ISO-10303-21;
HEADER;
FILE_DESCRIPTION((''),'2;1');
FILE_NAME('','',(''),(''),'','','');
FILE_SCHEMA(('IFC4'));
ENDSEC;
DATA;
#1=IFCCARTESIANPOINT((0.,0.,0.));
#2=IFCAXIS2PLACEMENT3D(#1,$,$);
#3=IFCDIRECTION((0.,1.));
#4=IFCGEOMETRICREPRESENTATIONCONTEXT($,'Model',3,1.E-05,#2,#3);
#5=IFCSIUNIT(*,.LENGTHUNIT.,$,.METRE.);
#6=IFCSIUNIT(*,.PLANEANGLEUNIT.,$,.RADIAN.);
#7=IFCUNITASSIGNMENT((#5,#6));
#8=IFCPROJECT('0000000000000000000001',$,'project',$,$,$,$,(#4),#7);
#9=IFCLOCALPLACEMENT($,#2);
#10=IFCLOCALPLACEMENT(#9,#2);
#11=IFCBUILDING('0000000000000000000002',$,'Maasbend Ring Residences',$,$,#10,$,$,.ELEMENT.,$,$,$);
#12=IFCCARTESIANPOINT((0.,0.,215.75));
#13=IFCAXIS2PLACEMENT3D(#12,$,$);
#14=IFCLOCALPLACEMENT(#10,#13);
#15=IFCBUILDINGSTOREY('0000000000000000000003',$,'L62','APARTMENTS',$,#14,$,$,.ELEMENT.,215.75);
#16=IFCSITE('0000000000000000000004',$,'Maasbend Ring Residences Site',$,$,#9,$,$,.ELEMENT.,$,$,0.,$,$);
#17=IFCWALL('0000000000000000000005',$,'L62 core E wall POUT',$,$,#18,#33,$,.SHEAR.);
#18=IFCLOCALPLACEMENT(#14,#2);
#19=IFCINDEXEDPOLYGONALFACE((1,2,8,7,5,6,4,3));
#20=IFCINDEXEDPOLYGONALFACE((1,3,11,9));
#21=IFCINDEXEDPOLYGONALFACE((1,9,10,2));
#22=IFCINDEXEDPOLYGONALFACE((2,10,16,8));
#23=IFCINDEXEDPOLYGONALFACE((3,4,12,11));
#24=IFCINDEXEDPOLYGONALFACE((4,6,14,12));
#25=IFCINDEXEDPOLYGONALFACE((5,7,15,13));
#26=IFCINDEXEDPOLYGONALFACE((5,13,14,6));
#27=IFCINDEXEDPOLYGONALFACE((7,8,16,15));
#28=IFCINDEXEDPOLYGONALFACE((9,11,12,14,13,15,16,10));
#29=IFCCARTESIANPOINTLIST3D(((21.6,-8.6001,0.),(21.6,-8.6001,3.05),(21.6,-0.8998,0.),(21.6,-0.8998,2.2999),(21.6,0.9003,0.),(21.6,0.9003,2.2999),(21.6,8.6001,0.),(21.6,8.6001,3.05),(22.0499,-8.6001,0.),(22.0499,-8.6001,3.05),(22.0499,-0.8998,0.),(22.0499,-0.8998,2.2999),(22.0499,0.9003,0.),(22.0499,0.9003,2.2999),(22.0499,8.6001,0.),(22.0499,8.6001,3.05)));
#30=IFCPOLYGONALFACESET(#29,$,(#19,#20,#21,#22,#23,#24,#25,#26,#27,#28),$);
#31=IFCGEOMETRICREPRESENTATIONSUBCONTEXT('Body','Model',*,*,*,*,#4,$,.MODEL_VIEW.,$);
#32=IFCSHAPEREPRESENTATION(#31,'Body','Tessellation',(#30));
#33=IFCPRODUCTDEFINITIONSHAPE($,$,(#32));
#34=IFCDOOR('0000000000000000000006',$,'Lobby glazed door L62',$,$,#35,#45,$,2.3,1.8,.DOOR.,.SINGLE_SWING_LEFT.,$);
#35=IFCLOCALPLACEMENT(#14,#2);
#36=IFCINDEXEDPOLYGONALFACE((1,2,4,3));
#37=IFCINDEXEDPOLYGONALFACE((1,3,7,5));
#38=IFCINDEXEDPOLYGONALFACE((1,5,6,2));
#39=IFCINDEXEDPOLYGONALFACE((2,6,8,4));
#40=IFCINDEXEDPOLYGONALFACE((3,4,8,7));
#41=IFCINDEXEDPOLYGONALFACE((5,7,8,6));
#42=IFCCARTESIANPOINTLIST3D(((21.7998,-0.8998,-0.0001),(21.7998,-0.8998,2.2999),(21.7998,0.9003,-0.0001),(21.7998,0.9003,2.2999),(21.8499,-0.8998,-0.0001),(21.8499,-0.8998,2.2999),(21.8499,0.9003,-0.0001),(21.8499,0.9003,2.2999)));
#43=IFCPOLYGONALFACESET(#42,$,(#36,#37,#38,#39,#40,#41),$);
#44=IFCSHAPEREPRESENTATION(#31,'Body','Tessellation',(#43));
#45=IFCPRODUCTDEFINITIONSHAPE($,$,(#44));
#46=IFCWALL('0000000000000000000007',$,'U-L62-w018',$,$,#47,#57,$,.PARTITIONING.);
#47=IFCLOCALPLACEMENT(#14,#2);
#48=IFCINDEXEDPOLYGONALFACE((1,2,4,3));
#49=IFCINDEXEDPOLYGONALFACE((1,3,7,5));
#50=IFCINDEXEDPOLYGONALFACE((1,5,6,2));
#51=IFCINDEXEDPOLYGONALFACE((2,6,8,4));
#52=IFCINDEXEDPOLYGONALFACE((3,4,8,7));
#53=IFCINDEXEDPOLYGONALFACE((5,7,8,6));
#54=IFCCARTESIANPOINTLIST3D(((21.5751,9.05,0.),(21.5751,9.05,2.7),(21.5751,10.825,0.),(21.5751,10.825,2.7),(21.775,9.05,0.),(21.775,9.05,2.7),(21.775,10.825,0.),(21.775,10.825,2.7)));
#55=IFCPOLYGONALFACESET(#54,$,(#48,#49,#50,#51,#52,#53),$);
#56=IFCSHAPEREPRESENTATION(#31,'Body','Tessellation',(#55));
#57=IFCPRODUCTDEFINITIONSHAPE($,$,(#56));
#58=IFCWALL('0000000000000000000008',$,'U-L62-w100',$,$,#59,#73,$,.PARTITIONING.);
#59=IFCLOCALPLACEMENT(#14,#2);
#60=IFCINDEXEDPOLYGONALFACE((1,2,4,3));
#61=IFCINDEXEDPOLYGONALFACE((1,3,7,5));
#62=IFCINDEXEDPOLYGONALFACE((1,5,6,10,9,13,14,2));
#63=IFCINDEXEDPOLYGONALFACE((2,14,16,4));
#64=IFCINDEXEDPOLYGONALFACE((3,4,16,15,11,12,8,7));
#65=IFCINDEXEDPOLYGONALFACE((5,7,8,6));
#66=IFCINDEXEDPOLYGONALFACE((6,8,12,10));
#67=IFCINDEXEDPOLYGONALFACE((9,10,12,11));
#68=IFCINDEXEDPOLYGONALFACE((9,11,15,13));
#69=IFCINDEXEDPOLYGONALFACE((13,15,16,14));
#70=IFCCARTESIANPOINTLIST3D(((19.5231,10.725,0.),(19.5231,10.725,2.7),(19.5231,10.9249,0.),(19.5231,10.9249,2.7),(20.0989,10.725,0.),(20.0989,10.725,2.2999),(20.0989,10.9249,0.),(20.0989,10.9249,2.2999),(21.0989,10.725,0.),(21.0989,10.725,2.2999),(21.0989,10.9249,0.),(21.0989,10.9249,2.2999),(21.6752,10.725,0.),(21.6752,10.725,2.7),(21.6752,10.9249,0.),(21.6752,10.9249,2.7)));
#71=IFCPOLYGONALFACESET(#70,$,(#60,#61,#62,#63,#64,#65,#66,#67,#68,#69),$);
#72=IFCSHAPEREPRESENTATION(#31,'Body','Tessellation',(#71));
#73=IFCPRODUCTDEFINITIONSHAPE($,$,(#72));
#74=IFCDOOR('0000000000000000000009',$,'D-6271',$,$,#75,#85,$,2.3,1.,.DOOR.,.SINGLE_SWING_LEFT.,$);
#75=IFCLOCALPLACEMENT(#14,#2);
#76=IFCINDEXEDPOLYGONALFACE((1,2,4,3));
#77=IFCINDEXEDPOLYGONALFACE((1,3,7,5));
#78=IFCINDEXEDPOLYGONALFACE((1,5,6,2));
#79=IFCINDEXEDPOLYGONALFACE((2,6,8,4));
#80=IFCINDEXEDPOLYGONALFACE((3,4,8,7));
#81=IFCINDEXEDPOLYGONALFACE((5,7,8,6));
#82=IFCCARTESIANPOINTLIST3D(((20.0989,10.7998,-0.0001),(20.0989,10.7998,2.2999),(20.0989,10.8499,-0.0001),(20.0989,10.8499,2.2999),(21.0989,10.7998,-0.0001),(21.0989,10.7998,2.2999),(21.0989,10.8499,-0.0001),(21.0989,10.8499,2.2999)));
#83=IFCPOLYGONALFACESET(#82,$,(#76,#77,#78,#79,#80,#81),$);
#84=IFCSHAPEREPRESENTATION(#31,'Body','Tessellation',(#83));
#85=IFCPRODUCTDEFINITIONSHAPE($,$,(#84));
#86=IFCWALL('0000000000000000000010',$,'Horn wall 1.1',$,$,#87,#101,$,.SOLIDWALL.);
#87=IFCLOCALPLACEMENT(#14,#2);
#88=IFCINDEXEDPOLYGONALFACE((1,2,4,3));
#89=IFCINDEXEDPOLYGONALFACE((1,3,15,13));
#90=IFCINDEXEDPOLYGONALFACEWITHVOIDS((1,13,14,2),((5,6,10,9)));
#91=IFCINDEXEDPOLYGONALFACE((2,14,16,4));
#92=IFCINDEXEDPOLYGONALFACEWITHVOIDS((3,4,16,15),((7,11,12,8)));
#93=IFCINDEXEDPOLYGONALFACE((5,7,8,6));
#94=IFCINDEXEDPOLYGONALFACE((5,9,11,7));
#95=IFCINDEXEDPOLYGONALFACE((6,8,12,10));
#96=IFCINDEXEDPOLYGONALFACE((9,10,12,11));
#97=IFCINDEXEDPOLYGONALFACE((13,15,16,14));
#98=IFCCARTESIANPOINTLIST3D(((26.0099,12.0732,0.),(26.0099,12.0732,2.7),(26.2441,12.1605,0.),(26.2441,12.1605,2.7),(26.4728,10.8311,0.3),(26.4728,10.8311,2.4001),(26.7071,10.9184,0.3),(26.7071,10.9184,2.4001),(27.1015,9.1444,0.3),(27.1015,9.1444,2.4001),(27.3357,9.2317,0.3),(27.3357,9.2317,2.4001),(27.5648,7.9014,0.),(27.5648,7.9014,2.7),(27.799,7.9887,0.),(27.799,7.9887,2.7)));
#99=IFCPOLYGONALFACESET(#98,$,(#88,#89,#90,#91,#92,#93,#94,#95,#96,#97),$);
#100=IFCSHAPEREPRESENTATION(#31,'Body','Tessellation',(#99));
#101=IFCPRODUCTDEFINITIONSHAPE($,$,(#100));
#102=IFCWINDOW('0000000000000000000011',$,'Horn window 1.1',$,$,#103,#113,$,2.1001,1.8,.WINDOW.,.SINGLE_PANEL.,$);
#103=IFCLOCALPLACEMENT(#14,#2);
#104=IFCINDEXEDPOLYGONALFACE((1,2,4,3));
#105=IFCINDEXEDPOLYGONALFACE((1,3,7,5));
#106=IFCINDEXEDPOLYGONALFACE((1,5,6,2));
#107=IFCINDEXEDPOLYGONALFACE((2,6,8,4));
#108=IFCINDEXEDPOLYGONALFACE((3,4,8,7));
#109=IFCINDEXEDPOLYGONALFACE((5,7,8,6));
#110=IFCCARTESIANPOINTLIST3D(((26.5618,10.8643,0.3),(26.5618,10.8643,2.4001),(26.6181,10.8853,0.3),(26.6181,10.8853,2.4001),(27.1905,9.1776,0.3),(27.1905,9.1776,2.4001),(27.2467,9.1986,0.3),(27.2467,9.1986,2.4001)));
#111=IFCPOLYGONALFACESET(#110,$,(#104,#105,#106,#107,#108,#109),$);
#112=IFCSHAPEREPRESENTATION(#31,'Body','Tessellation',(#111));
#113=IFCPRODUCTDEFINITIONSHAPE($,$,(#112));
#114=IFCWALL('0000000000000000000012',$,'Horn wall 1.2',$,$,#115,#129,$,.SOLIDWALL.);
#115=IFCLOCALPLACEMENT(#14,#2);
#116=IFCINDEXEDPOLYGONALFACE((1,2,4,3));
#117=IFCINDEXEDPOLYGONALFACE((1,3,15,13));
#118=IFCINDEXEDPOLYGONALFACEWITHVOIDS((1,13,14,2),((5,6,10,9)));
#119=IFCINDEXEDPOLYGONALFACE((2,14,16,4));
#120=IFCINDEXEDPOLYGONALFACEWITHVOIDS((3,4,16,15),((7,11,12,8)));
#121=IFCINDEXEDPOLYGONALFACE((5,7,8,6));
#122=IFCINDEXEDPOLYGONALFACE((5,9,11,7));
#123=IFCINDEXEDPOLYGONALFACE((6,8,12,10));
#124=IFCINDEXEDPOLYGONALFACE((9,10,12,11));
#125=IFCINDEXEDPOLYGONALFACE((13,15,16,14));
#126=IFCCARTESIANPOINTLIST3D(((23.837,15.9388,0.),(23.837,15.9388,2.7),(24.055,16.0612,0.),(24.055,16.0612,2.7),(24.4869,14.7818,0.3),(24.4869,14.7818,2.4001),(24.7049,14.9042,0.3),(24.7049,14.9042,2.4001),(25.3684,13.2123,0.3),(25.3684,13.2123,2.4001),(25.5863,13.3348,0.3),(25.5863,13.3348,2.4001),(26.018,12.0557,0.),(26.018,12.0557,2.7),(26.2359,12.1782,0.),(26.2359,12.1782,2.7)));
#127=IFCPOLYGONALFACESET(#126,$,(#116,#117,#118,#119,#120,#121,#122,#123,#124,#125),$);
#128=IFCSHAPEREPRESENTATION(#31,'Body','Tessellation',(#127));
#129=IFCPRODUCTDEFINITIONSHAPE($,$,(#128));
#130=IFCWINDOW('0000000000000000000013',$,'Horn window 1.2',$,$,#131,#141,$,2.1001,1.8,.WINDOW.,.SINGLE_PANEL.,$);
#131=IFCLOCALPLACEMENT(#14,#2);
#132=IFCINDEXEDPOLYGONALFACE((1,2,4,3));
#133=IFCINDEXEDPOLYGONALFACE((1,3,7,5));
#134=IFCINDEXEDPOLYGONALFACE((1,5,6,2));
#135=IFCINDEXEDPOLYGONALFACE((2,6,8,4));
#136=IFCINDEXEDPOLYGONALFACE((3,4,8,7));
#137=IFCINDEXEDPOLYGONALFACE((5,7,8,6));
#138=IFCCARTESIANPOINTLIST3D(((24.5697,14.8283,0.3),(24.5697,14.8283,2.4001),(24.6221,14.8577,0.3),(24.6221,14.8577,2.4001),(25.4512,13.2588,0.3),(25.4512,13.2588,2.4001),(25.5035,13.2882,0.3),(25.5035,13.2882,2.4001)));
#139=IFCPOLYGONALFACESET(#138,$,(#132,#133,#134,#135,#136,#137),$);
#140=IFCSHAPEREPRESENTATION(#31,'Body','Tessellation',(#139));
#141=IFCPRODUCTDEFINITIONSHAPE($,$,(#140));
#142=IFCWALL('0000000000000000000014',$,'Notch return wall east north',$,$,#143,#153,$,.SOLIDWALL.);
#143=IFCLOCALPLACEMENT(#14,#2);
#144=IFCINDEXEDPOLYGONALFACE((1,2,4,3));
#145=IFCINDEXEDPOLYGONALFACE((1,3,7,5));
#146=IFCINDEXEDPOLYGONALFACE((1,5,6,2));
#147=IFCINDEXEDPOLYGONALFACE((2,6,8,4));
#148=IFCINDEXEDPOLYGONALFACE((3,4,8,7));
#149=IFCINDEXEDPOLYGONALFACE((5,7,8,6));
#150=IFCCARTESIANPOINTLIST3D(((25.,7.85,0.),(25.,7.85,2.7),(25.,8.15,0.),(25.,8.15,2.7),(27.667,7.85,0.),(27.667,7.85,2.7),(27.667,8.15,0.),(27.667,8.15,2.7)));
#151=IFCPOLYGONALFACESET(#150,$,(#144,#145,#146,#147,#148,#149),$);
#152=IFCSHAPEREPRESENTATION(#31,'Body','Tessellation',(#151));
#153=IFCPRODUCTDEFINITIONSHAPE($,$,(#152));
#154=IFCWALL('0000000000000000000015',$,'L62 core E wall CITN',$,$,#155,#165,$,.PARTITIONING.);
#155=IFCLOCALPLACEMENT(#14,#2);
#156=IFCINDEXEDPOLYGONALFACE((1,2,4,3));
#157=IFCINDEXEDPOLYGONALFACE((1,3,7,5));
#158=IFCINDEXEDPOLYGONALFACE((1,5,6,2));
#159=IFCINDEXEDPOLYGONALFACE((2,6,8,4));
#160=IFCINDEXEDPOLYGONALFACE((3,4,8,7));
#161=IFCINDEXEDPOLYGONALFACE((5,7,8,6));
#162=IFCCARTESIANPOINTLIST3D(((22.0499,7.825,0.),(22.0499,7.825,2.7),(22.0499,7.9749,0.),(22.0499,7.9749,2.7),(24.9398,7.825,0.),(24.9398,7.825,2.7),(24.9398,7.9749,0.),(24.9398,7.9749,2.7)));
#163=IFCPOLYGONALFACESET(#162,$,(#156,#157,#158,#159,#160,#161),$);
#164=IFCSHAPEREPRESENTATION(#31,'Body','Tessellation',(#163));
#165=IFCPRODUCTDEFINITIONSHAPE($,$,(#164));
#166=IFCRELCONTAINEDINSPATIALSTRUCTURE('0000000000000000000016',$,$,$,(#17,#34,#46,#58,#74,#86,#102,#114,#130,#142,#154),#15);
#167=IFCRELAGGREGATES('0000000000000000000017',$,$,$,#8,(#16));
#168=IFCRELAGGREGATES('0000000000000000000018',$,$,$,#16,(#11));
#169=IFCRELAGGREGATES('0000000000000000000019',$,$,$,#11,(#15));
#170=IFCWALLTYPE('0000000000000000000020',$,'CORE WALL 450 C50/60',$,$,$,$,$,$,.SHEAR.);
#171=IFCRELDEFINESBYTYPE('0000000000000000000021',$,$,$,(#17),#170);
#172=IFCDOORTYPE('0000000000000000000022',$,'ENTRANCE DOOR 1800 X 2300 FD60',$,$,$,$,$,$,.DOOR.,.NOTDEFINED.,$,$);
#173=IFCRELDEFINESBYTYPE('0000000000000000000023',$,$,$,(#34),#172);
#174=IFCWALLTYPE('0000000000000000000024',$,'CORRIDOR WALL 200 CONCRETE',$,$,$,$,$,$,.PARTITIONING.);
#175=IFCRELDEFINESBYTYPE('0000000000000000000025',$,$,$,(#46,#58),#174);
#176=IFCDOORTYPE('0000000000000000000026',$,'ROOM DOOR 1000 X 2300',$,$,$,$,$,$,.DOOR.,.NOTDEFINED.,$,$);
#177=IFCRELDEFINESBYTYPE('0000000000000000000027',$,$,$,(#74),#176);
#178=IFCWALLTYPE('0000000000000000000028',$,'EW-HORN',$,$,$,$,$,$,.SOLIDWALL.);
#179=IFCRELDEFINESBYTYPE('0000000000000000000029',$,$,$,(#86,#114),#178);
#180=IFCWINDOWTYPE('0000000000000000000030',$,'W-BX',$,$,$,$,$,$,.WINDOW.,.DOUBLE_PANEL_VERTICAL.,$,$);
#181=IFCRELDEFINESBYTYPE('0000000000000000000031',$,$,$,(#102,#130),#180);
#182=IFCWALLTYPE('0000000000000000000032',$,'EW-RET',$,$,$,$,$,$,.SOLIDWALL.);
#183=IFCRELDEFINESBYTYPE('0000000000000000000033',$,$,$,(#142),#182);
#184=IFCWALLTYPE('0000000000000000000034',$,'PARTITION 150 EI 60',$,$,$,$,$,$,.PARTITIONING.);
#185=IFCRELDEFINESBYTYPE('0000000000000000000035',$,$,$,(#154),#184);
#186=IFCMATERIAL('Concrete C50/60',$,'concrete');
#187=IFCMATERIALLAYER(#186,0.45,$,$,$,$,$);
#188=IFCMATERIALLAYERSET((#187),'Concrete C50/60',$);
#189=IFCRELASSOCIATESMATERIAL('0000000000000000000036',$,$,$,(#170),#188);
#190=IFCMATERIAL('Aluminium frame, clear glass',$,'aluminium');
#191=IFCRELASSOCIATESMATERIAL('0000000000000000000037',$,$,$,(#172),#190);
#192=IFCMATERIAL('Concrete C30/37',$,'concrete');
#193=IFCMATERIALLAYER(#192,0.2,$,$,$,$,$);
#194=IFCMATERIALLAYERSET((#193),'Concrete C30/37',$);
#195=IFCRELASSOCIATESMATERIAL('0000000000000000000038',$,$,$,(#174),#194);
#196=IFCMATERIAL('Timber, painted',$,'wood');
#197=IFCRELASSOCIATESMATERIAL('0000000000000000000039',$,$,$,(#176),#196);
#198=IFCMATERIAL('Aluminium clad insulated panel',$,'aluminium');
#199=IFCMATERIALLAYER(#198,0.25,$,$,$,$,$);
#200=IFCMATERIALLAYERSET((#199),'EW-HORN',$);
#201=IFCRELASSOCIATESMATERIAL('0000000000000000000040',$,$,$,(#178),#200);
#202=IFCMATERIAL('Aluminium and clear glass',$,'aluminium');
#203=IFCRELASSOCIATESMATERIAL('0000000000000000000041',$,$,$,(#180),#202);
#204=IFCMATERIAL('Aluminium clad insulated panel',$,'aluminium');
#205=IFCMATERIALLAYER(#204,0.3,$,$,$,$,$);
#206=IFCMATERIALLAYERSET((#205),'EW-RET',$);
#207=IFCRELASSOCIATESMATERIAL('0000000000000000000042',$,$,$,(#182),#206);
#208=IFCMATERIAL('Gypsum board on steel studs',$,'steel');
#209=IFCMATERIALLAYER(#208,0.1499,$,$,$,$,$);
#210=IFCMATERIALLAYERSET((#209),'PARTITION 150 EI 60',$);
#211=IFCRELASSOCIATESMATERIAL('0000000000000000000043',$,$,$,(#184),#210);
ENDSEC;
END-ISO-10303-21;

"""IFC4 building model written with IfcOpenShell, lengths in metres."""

from ifc_helpers import new_model, si_unit, direction, frame, frame_2d, origin, place, context, subcontext, project, spatial, rectangle, extrude, material, layer, layer_set, type_object, element, fill, save


model = new_model("IFC4")

# Units and contexts
model_context = context("Model", 3, precision=1e-05, world=origin(), true_north=direction((0.0, 1.0)))
body_context = subcontext(model_context, "Body", "Model", "MODEL_VIEW")
ifc_project = project(units=[si_unit("LENGTHUNIT", "METRE"), si_unit("PLANEANGLEUNIT", "RADIAN")], contexts=[model_context])

# Site, building, storey
site_placement = place(None, origin())
site = spatial("IfcSite", under=ifc_project, at=site_placement, Name="Maasbend Ring Residences Site", CompositionType="ELEMENT", RefElevation=0.0)
building_placement = place(site_placement, origin())
building = spatial("IfcBuilding", under=site, at=building_placement, Name="Maasbend Ring Residences", CompositionType="ELEMENT")
storey_placement = place(building_placement, frame((0.0, 0.0, 215.75)))
storey = spatial("IfcBuildingStorey", under=building, at=storey_placement, Name="L62", Description="APARTMENTS", CompositionType="ELEMENT", Elevation=215.75)

# Wall, opening, door
ifc_material_1 = material(Name="Concrete C50/60", Category="concrete")
ifc_layer_1 = layer(ifc_material_1, 0.45)
ifc_layer_set_1 = layer_set([ifc_layer_1], Name="Concrete C50/60")
wall_type_1 = type_object("IfcWallType", Name="CORE WALL 450 C50/60", PredefinedType="SHEAR", material=ifc_layer_set_1)
wall_1_placement = place(storey_placement, frame((21.825, 8.6001, 0.0), z_axis=(0.0, 0.0, 1.0), x_axis=(0.0, -1.0, 0.0)))
wall_1 = element("IfcWall", 1, at=wall_1_placement, inside=storey, type_object=wall_type_1, Name="L62 core E wall POUT", PredefinedType="SHEAR", context=body_context, shape_type="SweptSolid", body=[
    extrude(rectangle(XDim=17.2002, YDim=0.45, at=frame_2d((8.6001, 0.0))), origin(), (0.0, 0.0, 1.0), 3.05),
])
opening_1_placement = place(wall_1_placement, frame((7.7, 0.0, 0.0)))
opening_1 = element("IfcOpeningElement", 2, at=opening_1_placement, cuts=wall_1, PredefinedType="OPENING", context=body_context, shape_type="SweptSolid", body=[
    extrude(rectangle(XDim=1.8, YDim=2.3, at=frame_2d((0.8999, 1.1499))), frame((0.0, 0.2349, 0.0), z_axis=(0.0, -1.0, 0.0), x_axis=(1.0, 0.0, 0.0)), (0.0, 0.0, 1.0), 0.47),
])
ifc_material_2 = material(Name="Aluminium frame, clear glass", Category="aluminium")
door_type_1 = type_object("IfcDoorType", Name="ENTRANCE DOOR 1800 X 2300 FD60", OperationType="NOTDEFINED", PredefinedType="DOOR", material=ifc_material_2)
door_1_placement = place(opening_1_placement, origin())
door_1 = element("IfcDoor", 3, at=door_1_placement, inside=storey, type_object=door_type_1, Name="Lobby glazed door L62", OperationType="SINGLE_SWING_LEFT", OverallHeight=2.3, OverallWidth=1.8, PredefinedType="DOOR", context=body_context, shape_type="SweptSolid", body=[
    extrude(rectangle(XDim=1.8, YDim=2.3, at=frame_2d((0.8999, 1.1499))), frame((0.0, 0.0249, 0.0), z_axis=(0.0, -1.0, 0.0), x_axis=(1.0, 0.0, 0.0)), (0.0, 0.0, 1.0), 0.05),
])
fill(opening_1, door_1)

# Wall
ifc_material_3 = material(Name="Concrete C30/37", Category="concrete")
ifc_layer_2 = layer(ifc_material_3, 0.2)
ifc_layer_set_2 = layer_set([ifc_layer_2], Name="Concrete C30/37")
wall_type_2 = type_object("IfcWallType", Name="CORRIDOR WALL 200 CONCRETE", PredefinedType="PARTITIONING", material=ifc_layer_set_2)
wall_2_placement = place(storey_placement, frame((21.675, 9.05, 0.0), z_axis=(0.0, 0.0, 1.0), x_axis=(0.0, 1.0, 0.0)))
element("IfcWall", 4, at=wall_2_placement, inside=storey, type_object=wall_type_2, Name="U-L62-w018", PredefinedType="PARTITIONING", context=body_context, shape_type="SweptSolid", body=[
    extrude(rectangle(XDim=1.7749, YDim=0.2, at=frame_2d((0.8875, 0.0))), origin(), (0.0, 0.0, 1.0), 2.7),
])

# Wall, opening, door
wall_3_placement = place(storey_placement, frame((19.5229, 10.825, 0.0), z_axis=(0.0, 0.0, 1.0), x_axis=(1.0, 0.0, 0.0)))
wall_3 = element("IfcWall", 5, at=wall_3_placement, inside=storey, type_object=wall_type_2, Name="U-L62-w100", PredefinedType="PARTITIONING", context=body_context, shape_type="SweptSolid", body=[
    extrude(rectangle(XDim=2.1521, YDim=0.2, at=frame_2d((1.0762, 0.0))), origin(), (0.0, 0.0, 1.0), 2.7),
])
opening_2_placement = place(wall_3_placement, frame((0.5759, 0.0, 0.0)))
opening_2 = element("IfcOpeningElement", 6, at=opening_2_placement, cuts=wall_3, PredefinedType="OPENING", context=body_context, shape_type="SweptSolid", body=[
    extrude(rectangle(XDim=1.0, YDim=2.3, at=frame_2d((0.5, 1.1499))), frame((0.0, 0.1099, 0.0), z_axis=(0.0, -1.0, 0.0), x_axis=(1.0, 0.0, 0.0)), (0.0, 0.0, 1.0), 0.22),
])
ifc_material_4 = material(Name="Timber, painted", Category="wood")
door_type_2 = type_object("IfcDoorType", Name="ROOM DOOR 1000 X 2300", OperationType="NOTDEFINED", PredefinedType="DOOR", material=ifc_material_4)
door_2_placement = place(opening_2_placement, origin())
door_2 = element("IfcDoor", 7, at=door_2_placement, inside=storey, type_object=door_type_2, Name="D-6271", OperationType="SINGLE_SWING_LEFT", OverallHeight=2.3, OverallWidth=1.0, PredefinedType="DOOR", context=body_context, shape_type="SweptSolid", body=[
    extrude(rectangle(XDim=1.0, YDim=2.3, at=frame_2d((0.5, 1.1499))), frame((0.0, 0.0249, 0.0), z_axis=(0.0, -1.0, 0.0), x_axis=(1.0, 0.0, 0.0)), (0.0, 0.0, 1.0), 0.05),
])
fill(opening_2, door_2)

# Walls, openings, windows
ifc_material_5 = material(Name="Aluminium clad insulated panel", Category="aluminium")
ifc_layer_3 = layer(ifc_material_5, 0.25)
ifc_layer_set_3 = layer_set([ifc_layer_3], Name="EW-HORN")
wall_type_3 = type_object("IfcWallType", Name="EW-HORN", PredefinedType="SOLIDWALL", material=ifc_layer_set_3)
wall_4_placement = place(storey_placement, frame((27.6819, 7.9451, 0.0), z_axis=(0.0, 0.0, 1.0), x_axis=(-0.349248, 0.93703, 0.0)))
wall_4 = element("IfcWall", 8, at=wall_4_placement, inside=storey, type_object=wall_type_3, Name="Horn wall 1.1", PredefinedType="SOLIDWALL", context=body_context, shape_type="SweptSolid", body=[
    extrude(rectangle(XDim=4.4521, YDim=0.25, at=frame_2d((2.2261, 0.0))), origin(), (0.0, 0.0, 1.0), 2.7),
])
opening_3_placement = place(wall_4_placement, frame((1.3267, 0.0, 0.3)))
opening_3 = element("IfcOpeningElement", 9, at=opening_3_placement, cuts=wall_4, PredefinedType="OPENING", context=body_context, shape_type="SweptSolid", body=[
    extrude(rectangle(XDim=1.8, YDim=2.1001, at=frame_2d((0.8999, 1.05))), frame((0.0, 0.135, 0.0), z_axis=(0.0, -1.0, 0.0), x_axis=(1.0, 0.0, 0.0)), (0.0, 0.0, 1.0), 0.27),
])
ifc_material_6 = material(Name="Aluminium and clear glass", Category="aluminium")
window_type = type_object("IfcWindowType", Name="W-BX", PartitioningType="DOUBLE_PANEL_VERTICAL", PredefinedType="WINDOW", material=ifc_material_6)
window_1_placement = place(opening_3_placement, origin())
window_1 = element("IfcWindow", 10, at=window_1_placement, inside=storey, type_object=window_type, Name="Horn window 1.1", OverallHeight=2.1001, OverallWidth=1.8, PartitioningType="SINGLE_PANEL", PredefinedType="WINDOW", context=body_context, shape_type="SweptSolid", body=[
    extrude(rectangle(XDim=1.8, YDim=2.1001, at=frame_2d((0.8999, 1.05))), frame((0.0, 0.03, 0.0), z_axis=(0.0, -1.0, 0.0), x_axis=(1.0, 0.0, 0.0)), (0.0, 0.0, 1.0), 0.0601),
])
fill(opening_3, window_1)
wall_5_placement = place(storey_placement, frame((26.127, 12.1169, 0.0), z_axis=(0.0, 0.0, 1.0), x_axis=(-0.489696, 0.871893, 0.0)))
wall_5 = element("IfcWall", 11, at=wall_5_placement, inside=storey, type_object=wall_type_3, Name="Horn wall 1.2", PredefinedType="SOLIDWALL", context=body_context, shape_type="SweptSolid", body=[
    extrude(rectangle(XDim=4.4536, YDim=0.25, at=frame_2d((2.2268, 0.0))), origin(), (0.0, 0.0, 1.0), 2.7),
])
opening_4_placement = place(wall_5_placement, frame((1.3267, 0.0, 0.3)))
opening_4 = element("IfcOpeningElement", 12, at=opening_4_placement, cuts=wall_5, PredefinedType="OPENING", context=body_context, shape_type="SweptSolid", body=[
    extrude(rectangle(XDim=1.8, YDim=2.1001, at=frame_2d((0.8999, 1.05))), frame((0.0, 0.135, 0.0), z_axis=(0.0, -1.0, 0.0), x_axis=(1.0, 0.0, 0.0)), (0.0, 0.0, 1.0), 0.27),
])
window_2_placement = place(opening_4_placement, origin())
window_2 = element("IfcWindow", 13, at=window_2_placement, inside=storey, type_object=window_type, Name="Horn window 1.2", OverallHeight=2.1001, OverallWidth=1.8, PartitioningType="SINGLE_PANEL", PredefinedType="WINDOW", context=body_context, shape_type="SweptSolid", body=[
    extrude(rectangle(XDim=1.8, YDim=2.1001, at=frame_2d((0.8999, 1.05))), frame((0.0, 0.03, 0.0), z_axis=(0.0, -1.0, 0.0), x_axis=(1.0, 0.0, 0.0)), (0.0, 0.0, 1.0), 0.0601),
])
fill(opening_4, window_2)

# Walls
ifc_material_7 = material(Name="Aluminium clad insulated panel", Category="aluminium")
ifc_layer_4 = layer(ifc_material_7, 0.3)
ifc_layer_set_4 = layer_set([ifc_layer_4], Name="EW-RET")
wall_type_4 = type_object("IfcWallType", Name="EW-RET", PredefinedType="SOLIDWALL", material=ifc_layer_set_4)
wall_6_placement = place(storey_placement, frame((25.0, 8.0, 0.0), z_axis=(0.0, 0.0, 1.0), x_axis=(1.0, 0.0, 0.0)))
element("IfcWall", 14, at=wall_6_placement, inside=storey, type_object=wall_type_4, Name="Notch return wall east north", PredefinedType="SOLIDWALL", context=body_context, shape_type="SweptSolid", body=[
    extrude(rectangle(XDim=2.667, YDim=0.3, at=frame_2d((1.3335, 0.0))), origin(), (0.0, 0.0, 1.0), 2.7),
])
ifc_material_8 = material(Name="Gypsum board on steel studs", Category="steel")
ifc_layer_5 = layer(ifc_material_8, 0.1499)
ifc_layer_set_5 = layer_set([ifc_layer_5], Name="PARTITION 150 EI 60")
wall_type_5 = type_object("IfcWallType", Name="PARTITION 150 EI 60", PredefinedType="PARTITIONING", material=ifc_layer_set_5)
wall_7_placement = place(storey_placement, frame((22.05, 7.8999, 0.0), z_axis=(0.0, 0.0, 1.0), x_axis=(1.0, 0.0, 0.0)))
element("IfcWall", 15, at=wall_7_placement, inside=storey, type_object=wall_type_5, Name="L62 core E wall CITN", PredefinedType="PARTITIONING", context=body_context, shape_type="SweptSolid", body=[
    extrude(rectangle(XDim=2.8899, YDim=0.1499, at=frame_2d((1.4448, 0.0))), origin(), (0.0, 0.0, 1.0), 2.7),
])

save(model, "model.ifc")
